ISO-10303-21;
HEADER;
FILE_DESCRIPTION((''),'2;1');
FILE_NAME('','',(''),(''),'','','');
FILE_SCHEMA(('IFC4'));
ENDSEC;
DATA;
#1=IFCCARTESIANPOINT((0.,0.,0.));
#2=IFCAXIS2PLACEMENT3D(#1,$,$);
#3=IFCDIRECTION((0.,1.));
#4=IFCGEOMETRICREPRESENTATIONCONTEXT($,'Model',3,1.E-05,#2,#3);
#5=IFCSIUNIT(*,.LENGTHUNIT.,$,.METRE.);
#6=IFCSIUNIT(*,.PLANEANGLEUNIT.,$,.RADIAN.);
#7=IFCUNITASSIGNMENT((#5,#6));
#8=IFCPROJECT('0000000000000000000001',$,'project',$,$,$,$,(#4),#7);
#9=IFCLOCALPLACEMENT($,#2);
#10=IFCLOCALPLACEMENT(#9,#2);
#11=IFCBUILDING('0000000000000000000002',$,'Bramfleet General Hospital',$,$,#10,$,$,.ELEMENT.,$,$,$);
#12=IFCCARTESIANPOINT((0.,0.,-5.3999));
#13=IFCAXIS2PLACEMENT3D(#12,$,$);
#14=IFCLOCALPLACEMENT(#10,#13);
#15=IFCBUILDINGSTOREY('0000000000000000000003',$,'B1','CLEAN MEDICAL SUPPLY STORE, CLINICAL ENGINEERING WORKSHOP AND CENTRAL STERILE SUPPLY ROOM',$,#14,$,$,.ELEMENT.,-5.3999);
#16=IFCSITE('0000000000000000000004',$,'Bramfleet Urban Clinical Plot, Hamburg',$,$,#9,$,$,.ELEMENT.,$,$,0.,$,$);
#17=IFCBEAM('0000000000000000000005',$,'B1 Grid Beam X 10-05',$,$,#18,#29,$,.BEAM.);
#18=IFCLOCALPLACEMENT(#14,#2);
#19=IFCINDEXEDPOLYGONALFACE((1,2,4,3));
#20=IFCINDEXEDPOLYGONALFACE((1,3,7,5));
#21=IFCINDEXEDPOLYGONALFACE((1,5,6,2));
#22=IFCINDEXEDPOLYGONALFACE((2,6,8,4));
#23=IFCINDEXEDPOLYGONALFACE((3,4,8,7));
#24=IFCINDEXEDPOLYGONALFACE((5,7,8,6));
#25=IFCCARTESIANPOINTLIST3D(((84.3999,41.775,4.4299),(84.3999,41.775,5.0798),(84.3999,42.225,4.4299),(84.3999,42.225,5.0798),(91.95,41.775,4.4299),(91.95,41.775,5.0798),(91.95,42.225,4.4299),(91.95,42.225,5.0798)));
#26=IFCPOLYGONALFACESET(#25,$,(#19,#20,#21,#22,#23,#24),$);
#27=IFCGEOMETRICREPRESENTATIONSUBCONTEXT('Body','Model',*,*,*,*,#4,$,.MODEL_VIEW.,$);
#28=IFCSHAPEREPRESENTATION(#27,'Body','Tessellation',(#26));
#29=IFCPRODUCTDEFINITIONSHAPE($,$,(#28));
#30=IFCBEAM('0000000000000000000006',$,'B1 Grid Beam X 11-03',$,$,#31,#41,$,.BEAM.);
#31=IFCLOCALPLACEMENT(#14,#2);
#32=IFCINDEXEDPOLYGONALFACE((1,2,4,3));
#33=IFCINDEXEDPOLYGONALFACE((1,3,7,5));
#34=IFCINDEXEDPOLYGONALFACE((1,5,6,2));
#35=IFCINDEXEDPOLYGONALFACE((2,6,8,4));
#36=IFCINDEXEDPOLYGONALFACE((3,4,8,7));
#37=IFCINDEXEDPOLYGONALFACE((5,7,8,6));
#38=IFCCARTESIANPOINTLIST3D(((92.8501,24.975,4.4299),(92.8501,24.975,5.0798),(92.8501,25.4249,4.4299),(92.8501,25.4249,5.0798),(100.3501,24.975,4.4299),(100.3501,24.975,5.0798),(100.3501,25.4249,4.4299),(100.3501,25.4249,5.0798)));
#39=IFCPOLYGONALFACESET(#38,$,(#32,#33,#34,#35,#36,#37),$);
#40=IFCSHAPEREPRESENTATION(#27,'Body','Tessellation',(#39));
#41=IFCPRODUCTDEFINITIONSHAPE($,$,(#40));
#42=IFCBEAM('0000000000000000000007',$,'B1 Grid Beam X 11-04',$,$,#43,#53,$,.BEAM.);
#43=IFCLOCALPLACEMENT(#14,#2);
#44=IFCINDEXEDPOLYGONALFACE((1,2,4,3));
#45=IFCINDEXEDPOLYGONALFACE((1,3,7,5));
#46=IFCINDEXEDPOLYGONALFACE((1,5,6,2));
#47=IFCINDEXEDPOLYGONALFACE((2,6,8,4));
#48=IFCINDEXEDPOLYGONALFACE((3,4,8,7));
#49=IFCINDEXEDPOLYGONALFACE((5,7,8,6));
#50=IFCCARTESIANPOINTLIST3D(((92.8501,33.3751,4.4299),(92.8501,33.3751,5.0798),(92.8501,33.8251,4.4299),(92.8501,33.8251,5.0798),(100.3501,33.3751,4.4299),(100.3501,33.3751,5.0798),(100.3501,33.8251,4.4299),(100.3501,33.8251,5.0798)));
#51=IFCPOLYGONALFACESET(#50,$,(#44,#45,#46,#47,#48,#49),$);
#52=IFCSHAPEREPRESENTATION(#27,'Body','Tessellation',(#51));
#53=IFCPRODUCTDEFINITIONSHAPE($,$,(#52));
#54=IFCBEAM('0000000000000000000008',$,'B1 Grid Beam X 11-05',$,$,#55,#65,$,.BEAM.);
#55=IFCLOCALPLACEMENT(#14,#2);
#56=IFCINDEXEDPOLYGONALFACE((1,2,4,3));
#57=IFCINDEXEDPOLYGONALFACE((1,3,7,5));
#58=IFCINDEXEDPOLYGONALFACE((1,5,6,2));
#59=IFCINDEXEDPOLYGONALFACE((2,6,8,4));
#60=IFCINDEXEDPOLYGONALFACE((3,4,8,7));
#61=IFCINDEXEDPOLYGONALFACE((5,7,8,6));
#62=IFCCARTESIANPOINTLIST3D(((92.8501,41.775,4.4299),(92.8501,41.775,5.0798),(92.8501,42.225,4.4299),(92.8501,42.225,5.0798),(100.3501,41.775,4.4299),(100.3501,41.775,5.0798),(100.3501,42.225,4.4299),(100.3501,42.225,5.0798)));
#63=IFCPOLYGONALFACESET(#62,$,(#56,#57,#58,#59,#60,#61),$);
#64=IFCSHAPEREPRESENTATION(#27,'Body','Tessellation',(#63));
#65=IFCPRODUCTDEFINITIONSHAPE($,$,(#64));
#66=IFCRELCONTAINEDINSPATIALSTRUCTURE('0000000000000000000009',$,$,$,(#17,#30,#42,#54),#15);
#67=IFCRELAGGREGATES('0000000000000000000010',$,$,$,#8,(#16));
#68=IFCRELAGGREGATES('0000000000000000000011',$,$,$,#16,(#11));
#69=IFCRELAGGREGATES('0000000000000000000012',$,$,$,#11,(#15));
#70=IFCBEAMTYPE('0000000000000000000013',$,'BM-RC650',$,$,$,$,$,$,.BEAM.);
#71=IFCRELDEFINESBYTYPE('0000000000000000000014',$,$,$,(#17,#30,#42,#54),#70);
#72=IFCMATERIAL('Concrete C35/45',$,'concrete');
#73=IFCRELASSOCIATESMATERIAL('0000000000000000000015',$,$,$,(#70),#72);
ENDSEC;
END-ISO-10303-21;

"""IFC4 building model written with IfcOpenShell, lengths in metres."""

from ifc_helpers import new_model, si_unit, direction, frame, origin, origin_2d, place, context, subcontext, project, spatial, rectangle, extrude, material, material_profile, profile_set, type_object, element, save


model = new_model("IFC4")

# Units and contexts
model_context = context("Model", 3, precision=1e-05, world=origin(), true_north=direction((0.0, 1.0)))
body_context = subcontext(model_context, "Body", "Model", "MODEL_VIEW")
ifc_project = project(units=[si_unit("LENGTHUNIT", "METRE"), si_unit("PLANEANGLEUNIT", "RADIAN")], contexts=[model_context])

# Site, building, storey
site_placement = place(None, origin())
site = spatial("IfcSite", under=ifc_project, at=site_placement, Name="Bramfleet Urban Clinical Plot, Hamburg", CompositionType="ELEMENT", RefElevation=0.0)
building_placement = place(site_placement, origin())
building = spatial("IfcBuilding", under=site, at=building_placement, Name="Bramfleet General Hospital", CompositionType="ELEMENT")
storey_placement = place(building_placement, frame((0.0, 0.0, -5.3999)))
storey = spatial("IfcBuildingStorey", under=building, at=storey_placement, Name="B1", Description="CLEAN MEDICAL SUPPLY STORE, CLINICAL ENGINEERING WORKSHOP AND CENTRAL STERILE SUPPLY ROOM", CompositionType="ELEMENT", Elevation=-5.3999)

# Shared definitions
ifc_material_1 = material(Name="Concrete C35/45", Category="concrete")

# Beams
ifc_material_profile_1 = material_profile(ifc_material_1, rectangle(XDim=0.45, YDim=0.6499, at=origin_2d()), Name="RC BM 650x450")
ifc_profile_set_1 = profile_set([ifc_material_profile_1], Name="Concrete C35/45")
beam_type_1 = type_object("IfcBeamType", Name="BM-RC650", PredefinedType="BEAM", material=ifc_profile_set_1)
for number, where, z_axis, x_axis, name in (
    (1, (84.3999, 42.0, 4.7549), (1.0, 0.0, 0.0), (0.0, 1.0, 0.0), "B1 Grid Beam X 10-05"),
):
    element("IfcBeam", number, at=place(storey_placement, frame(where, z_axis=z_axis, x_axis=x_axis)), inside=storey, type_object=beam_type_1, Name=name, PredefinedType="BEAM", context=body_context, shape_type="SweptSolid", body=[
        extrude(rectangle(XDim=0.45, YDim=0.6499, at=origin_2d()), origin(), (0.0, 0.0, 1.0), 7.55),
    ])
for number, where, z_axis, x_axis, name in (
    (2, (92.8501, 25.2, 4.7549), (1.0, 0.0, 0.0), (0.0, 1.0, 0.0), "B1 Grid Beam X 11-03"),
    (3, (92.8501, 33.6001, 4.7549), (1.0, 0.0, 0.0), (0.0, 1.0, 0.0), "B1 Grid Beam X 11-04"),
    (4, (92.8501, 42.0, 4.7549), (1.0, 0.0, 0.0), (0.0, 1.0, 0.0), "B1 Grid Beam X 11-05"),
):
    element("IfcBeam", number, at=place(storey_placement, frame(where, z_axis=z_axis, x_axis=x_axis)), inside=storey, type_object=beam_type_1, Name=name, PredefinedType="BEAM", context=body_context, shape_type="SweptSolid", body=[
        extrude(rectangle(XDim=0.45, YDim=0.6499, at=origin_2d()), origin(), (0.0, 0.0, 1.0), 7.5),
    ])

save(model, "model.ifc")
